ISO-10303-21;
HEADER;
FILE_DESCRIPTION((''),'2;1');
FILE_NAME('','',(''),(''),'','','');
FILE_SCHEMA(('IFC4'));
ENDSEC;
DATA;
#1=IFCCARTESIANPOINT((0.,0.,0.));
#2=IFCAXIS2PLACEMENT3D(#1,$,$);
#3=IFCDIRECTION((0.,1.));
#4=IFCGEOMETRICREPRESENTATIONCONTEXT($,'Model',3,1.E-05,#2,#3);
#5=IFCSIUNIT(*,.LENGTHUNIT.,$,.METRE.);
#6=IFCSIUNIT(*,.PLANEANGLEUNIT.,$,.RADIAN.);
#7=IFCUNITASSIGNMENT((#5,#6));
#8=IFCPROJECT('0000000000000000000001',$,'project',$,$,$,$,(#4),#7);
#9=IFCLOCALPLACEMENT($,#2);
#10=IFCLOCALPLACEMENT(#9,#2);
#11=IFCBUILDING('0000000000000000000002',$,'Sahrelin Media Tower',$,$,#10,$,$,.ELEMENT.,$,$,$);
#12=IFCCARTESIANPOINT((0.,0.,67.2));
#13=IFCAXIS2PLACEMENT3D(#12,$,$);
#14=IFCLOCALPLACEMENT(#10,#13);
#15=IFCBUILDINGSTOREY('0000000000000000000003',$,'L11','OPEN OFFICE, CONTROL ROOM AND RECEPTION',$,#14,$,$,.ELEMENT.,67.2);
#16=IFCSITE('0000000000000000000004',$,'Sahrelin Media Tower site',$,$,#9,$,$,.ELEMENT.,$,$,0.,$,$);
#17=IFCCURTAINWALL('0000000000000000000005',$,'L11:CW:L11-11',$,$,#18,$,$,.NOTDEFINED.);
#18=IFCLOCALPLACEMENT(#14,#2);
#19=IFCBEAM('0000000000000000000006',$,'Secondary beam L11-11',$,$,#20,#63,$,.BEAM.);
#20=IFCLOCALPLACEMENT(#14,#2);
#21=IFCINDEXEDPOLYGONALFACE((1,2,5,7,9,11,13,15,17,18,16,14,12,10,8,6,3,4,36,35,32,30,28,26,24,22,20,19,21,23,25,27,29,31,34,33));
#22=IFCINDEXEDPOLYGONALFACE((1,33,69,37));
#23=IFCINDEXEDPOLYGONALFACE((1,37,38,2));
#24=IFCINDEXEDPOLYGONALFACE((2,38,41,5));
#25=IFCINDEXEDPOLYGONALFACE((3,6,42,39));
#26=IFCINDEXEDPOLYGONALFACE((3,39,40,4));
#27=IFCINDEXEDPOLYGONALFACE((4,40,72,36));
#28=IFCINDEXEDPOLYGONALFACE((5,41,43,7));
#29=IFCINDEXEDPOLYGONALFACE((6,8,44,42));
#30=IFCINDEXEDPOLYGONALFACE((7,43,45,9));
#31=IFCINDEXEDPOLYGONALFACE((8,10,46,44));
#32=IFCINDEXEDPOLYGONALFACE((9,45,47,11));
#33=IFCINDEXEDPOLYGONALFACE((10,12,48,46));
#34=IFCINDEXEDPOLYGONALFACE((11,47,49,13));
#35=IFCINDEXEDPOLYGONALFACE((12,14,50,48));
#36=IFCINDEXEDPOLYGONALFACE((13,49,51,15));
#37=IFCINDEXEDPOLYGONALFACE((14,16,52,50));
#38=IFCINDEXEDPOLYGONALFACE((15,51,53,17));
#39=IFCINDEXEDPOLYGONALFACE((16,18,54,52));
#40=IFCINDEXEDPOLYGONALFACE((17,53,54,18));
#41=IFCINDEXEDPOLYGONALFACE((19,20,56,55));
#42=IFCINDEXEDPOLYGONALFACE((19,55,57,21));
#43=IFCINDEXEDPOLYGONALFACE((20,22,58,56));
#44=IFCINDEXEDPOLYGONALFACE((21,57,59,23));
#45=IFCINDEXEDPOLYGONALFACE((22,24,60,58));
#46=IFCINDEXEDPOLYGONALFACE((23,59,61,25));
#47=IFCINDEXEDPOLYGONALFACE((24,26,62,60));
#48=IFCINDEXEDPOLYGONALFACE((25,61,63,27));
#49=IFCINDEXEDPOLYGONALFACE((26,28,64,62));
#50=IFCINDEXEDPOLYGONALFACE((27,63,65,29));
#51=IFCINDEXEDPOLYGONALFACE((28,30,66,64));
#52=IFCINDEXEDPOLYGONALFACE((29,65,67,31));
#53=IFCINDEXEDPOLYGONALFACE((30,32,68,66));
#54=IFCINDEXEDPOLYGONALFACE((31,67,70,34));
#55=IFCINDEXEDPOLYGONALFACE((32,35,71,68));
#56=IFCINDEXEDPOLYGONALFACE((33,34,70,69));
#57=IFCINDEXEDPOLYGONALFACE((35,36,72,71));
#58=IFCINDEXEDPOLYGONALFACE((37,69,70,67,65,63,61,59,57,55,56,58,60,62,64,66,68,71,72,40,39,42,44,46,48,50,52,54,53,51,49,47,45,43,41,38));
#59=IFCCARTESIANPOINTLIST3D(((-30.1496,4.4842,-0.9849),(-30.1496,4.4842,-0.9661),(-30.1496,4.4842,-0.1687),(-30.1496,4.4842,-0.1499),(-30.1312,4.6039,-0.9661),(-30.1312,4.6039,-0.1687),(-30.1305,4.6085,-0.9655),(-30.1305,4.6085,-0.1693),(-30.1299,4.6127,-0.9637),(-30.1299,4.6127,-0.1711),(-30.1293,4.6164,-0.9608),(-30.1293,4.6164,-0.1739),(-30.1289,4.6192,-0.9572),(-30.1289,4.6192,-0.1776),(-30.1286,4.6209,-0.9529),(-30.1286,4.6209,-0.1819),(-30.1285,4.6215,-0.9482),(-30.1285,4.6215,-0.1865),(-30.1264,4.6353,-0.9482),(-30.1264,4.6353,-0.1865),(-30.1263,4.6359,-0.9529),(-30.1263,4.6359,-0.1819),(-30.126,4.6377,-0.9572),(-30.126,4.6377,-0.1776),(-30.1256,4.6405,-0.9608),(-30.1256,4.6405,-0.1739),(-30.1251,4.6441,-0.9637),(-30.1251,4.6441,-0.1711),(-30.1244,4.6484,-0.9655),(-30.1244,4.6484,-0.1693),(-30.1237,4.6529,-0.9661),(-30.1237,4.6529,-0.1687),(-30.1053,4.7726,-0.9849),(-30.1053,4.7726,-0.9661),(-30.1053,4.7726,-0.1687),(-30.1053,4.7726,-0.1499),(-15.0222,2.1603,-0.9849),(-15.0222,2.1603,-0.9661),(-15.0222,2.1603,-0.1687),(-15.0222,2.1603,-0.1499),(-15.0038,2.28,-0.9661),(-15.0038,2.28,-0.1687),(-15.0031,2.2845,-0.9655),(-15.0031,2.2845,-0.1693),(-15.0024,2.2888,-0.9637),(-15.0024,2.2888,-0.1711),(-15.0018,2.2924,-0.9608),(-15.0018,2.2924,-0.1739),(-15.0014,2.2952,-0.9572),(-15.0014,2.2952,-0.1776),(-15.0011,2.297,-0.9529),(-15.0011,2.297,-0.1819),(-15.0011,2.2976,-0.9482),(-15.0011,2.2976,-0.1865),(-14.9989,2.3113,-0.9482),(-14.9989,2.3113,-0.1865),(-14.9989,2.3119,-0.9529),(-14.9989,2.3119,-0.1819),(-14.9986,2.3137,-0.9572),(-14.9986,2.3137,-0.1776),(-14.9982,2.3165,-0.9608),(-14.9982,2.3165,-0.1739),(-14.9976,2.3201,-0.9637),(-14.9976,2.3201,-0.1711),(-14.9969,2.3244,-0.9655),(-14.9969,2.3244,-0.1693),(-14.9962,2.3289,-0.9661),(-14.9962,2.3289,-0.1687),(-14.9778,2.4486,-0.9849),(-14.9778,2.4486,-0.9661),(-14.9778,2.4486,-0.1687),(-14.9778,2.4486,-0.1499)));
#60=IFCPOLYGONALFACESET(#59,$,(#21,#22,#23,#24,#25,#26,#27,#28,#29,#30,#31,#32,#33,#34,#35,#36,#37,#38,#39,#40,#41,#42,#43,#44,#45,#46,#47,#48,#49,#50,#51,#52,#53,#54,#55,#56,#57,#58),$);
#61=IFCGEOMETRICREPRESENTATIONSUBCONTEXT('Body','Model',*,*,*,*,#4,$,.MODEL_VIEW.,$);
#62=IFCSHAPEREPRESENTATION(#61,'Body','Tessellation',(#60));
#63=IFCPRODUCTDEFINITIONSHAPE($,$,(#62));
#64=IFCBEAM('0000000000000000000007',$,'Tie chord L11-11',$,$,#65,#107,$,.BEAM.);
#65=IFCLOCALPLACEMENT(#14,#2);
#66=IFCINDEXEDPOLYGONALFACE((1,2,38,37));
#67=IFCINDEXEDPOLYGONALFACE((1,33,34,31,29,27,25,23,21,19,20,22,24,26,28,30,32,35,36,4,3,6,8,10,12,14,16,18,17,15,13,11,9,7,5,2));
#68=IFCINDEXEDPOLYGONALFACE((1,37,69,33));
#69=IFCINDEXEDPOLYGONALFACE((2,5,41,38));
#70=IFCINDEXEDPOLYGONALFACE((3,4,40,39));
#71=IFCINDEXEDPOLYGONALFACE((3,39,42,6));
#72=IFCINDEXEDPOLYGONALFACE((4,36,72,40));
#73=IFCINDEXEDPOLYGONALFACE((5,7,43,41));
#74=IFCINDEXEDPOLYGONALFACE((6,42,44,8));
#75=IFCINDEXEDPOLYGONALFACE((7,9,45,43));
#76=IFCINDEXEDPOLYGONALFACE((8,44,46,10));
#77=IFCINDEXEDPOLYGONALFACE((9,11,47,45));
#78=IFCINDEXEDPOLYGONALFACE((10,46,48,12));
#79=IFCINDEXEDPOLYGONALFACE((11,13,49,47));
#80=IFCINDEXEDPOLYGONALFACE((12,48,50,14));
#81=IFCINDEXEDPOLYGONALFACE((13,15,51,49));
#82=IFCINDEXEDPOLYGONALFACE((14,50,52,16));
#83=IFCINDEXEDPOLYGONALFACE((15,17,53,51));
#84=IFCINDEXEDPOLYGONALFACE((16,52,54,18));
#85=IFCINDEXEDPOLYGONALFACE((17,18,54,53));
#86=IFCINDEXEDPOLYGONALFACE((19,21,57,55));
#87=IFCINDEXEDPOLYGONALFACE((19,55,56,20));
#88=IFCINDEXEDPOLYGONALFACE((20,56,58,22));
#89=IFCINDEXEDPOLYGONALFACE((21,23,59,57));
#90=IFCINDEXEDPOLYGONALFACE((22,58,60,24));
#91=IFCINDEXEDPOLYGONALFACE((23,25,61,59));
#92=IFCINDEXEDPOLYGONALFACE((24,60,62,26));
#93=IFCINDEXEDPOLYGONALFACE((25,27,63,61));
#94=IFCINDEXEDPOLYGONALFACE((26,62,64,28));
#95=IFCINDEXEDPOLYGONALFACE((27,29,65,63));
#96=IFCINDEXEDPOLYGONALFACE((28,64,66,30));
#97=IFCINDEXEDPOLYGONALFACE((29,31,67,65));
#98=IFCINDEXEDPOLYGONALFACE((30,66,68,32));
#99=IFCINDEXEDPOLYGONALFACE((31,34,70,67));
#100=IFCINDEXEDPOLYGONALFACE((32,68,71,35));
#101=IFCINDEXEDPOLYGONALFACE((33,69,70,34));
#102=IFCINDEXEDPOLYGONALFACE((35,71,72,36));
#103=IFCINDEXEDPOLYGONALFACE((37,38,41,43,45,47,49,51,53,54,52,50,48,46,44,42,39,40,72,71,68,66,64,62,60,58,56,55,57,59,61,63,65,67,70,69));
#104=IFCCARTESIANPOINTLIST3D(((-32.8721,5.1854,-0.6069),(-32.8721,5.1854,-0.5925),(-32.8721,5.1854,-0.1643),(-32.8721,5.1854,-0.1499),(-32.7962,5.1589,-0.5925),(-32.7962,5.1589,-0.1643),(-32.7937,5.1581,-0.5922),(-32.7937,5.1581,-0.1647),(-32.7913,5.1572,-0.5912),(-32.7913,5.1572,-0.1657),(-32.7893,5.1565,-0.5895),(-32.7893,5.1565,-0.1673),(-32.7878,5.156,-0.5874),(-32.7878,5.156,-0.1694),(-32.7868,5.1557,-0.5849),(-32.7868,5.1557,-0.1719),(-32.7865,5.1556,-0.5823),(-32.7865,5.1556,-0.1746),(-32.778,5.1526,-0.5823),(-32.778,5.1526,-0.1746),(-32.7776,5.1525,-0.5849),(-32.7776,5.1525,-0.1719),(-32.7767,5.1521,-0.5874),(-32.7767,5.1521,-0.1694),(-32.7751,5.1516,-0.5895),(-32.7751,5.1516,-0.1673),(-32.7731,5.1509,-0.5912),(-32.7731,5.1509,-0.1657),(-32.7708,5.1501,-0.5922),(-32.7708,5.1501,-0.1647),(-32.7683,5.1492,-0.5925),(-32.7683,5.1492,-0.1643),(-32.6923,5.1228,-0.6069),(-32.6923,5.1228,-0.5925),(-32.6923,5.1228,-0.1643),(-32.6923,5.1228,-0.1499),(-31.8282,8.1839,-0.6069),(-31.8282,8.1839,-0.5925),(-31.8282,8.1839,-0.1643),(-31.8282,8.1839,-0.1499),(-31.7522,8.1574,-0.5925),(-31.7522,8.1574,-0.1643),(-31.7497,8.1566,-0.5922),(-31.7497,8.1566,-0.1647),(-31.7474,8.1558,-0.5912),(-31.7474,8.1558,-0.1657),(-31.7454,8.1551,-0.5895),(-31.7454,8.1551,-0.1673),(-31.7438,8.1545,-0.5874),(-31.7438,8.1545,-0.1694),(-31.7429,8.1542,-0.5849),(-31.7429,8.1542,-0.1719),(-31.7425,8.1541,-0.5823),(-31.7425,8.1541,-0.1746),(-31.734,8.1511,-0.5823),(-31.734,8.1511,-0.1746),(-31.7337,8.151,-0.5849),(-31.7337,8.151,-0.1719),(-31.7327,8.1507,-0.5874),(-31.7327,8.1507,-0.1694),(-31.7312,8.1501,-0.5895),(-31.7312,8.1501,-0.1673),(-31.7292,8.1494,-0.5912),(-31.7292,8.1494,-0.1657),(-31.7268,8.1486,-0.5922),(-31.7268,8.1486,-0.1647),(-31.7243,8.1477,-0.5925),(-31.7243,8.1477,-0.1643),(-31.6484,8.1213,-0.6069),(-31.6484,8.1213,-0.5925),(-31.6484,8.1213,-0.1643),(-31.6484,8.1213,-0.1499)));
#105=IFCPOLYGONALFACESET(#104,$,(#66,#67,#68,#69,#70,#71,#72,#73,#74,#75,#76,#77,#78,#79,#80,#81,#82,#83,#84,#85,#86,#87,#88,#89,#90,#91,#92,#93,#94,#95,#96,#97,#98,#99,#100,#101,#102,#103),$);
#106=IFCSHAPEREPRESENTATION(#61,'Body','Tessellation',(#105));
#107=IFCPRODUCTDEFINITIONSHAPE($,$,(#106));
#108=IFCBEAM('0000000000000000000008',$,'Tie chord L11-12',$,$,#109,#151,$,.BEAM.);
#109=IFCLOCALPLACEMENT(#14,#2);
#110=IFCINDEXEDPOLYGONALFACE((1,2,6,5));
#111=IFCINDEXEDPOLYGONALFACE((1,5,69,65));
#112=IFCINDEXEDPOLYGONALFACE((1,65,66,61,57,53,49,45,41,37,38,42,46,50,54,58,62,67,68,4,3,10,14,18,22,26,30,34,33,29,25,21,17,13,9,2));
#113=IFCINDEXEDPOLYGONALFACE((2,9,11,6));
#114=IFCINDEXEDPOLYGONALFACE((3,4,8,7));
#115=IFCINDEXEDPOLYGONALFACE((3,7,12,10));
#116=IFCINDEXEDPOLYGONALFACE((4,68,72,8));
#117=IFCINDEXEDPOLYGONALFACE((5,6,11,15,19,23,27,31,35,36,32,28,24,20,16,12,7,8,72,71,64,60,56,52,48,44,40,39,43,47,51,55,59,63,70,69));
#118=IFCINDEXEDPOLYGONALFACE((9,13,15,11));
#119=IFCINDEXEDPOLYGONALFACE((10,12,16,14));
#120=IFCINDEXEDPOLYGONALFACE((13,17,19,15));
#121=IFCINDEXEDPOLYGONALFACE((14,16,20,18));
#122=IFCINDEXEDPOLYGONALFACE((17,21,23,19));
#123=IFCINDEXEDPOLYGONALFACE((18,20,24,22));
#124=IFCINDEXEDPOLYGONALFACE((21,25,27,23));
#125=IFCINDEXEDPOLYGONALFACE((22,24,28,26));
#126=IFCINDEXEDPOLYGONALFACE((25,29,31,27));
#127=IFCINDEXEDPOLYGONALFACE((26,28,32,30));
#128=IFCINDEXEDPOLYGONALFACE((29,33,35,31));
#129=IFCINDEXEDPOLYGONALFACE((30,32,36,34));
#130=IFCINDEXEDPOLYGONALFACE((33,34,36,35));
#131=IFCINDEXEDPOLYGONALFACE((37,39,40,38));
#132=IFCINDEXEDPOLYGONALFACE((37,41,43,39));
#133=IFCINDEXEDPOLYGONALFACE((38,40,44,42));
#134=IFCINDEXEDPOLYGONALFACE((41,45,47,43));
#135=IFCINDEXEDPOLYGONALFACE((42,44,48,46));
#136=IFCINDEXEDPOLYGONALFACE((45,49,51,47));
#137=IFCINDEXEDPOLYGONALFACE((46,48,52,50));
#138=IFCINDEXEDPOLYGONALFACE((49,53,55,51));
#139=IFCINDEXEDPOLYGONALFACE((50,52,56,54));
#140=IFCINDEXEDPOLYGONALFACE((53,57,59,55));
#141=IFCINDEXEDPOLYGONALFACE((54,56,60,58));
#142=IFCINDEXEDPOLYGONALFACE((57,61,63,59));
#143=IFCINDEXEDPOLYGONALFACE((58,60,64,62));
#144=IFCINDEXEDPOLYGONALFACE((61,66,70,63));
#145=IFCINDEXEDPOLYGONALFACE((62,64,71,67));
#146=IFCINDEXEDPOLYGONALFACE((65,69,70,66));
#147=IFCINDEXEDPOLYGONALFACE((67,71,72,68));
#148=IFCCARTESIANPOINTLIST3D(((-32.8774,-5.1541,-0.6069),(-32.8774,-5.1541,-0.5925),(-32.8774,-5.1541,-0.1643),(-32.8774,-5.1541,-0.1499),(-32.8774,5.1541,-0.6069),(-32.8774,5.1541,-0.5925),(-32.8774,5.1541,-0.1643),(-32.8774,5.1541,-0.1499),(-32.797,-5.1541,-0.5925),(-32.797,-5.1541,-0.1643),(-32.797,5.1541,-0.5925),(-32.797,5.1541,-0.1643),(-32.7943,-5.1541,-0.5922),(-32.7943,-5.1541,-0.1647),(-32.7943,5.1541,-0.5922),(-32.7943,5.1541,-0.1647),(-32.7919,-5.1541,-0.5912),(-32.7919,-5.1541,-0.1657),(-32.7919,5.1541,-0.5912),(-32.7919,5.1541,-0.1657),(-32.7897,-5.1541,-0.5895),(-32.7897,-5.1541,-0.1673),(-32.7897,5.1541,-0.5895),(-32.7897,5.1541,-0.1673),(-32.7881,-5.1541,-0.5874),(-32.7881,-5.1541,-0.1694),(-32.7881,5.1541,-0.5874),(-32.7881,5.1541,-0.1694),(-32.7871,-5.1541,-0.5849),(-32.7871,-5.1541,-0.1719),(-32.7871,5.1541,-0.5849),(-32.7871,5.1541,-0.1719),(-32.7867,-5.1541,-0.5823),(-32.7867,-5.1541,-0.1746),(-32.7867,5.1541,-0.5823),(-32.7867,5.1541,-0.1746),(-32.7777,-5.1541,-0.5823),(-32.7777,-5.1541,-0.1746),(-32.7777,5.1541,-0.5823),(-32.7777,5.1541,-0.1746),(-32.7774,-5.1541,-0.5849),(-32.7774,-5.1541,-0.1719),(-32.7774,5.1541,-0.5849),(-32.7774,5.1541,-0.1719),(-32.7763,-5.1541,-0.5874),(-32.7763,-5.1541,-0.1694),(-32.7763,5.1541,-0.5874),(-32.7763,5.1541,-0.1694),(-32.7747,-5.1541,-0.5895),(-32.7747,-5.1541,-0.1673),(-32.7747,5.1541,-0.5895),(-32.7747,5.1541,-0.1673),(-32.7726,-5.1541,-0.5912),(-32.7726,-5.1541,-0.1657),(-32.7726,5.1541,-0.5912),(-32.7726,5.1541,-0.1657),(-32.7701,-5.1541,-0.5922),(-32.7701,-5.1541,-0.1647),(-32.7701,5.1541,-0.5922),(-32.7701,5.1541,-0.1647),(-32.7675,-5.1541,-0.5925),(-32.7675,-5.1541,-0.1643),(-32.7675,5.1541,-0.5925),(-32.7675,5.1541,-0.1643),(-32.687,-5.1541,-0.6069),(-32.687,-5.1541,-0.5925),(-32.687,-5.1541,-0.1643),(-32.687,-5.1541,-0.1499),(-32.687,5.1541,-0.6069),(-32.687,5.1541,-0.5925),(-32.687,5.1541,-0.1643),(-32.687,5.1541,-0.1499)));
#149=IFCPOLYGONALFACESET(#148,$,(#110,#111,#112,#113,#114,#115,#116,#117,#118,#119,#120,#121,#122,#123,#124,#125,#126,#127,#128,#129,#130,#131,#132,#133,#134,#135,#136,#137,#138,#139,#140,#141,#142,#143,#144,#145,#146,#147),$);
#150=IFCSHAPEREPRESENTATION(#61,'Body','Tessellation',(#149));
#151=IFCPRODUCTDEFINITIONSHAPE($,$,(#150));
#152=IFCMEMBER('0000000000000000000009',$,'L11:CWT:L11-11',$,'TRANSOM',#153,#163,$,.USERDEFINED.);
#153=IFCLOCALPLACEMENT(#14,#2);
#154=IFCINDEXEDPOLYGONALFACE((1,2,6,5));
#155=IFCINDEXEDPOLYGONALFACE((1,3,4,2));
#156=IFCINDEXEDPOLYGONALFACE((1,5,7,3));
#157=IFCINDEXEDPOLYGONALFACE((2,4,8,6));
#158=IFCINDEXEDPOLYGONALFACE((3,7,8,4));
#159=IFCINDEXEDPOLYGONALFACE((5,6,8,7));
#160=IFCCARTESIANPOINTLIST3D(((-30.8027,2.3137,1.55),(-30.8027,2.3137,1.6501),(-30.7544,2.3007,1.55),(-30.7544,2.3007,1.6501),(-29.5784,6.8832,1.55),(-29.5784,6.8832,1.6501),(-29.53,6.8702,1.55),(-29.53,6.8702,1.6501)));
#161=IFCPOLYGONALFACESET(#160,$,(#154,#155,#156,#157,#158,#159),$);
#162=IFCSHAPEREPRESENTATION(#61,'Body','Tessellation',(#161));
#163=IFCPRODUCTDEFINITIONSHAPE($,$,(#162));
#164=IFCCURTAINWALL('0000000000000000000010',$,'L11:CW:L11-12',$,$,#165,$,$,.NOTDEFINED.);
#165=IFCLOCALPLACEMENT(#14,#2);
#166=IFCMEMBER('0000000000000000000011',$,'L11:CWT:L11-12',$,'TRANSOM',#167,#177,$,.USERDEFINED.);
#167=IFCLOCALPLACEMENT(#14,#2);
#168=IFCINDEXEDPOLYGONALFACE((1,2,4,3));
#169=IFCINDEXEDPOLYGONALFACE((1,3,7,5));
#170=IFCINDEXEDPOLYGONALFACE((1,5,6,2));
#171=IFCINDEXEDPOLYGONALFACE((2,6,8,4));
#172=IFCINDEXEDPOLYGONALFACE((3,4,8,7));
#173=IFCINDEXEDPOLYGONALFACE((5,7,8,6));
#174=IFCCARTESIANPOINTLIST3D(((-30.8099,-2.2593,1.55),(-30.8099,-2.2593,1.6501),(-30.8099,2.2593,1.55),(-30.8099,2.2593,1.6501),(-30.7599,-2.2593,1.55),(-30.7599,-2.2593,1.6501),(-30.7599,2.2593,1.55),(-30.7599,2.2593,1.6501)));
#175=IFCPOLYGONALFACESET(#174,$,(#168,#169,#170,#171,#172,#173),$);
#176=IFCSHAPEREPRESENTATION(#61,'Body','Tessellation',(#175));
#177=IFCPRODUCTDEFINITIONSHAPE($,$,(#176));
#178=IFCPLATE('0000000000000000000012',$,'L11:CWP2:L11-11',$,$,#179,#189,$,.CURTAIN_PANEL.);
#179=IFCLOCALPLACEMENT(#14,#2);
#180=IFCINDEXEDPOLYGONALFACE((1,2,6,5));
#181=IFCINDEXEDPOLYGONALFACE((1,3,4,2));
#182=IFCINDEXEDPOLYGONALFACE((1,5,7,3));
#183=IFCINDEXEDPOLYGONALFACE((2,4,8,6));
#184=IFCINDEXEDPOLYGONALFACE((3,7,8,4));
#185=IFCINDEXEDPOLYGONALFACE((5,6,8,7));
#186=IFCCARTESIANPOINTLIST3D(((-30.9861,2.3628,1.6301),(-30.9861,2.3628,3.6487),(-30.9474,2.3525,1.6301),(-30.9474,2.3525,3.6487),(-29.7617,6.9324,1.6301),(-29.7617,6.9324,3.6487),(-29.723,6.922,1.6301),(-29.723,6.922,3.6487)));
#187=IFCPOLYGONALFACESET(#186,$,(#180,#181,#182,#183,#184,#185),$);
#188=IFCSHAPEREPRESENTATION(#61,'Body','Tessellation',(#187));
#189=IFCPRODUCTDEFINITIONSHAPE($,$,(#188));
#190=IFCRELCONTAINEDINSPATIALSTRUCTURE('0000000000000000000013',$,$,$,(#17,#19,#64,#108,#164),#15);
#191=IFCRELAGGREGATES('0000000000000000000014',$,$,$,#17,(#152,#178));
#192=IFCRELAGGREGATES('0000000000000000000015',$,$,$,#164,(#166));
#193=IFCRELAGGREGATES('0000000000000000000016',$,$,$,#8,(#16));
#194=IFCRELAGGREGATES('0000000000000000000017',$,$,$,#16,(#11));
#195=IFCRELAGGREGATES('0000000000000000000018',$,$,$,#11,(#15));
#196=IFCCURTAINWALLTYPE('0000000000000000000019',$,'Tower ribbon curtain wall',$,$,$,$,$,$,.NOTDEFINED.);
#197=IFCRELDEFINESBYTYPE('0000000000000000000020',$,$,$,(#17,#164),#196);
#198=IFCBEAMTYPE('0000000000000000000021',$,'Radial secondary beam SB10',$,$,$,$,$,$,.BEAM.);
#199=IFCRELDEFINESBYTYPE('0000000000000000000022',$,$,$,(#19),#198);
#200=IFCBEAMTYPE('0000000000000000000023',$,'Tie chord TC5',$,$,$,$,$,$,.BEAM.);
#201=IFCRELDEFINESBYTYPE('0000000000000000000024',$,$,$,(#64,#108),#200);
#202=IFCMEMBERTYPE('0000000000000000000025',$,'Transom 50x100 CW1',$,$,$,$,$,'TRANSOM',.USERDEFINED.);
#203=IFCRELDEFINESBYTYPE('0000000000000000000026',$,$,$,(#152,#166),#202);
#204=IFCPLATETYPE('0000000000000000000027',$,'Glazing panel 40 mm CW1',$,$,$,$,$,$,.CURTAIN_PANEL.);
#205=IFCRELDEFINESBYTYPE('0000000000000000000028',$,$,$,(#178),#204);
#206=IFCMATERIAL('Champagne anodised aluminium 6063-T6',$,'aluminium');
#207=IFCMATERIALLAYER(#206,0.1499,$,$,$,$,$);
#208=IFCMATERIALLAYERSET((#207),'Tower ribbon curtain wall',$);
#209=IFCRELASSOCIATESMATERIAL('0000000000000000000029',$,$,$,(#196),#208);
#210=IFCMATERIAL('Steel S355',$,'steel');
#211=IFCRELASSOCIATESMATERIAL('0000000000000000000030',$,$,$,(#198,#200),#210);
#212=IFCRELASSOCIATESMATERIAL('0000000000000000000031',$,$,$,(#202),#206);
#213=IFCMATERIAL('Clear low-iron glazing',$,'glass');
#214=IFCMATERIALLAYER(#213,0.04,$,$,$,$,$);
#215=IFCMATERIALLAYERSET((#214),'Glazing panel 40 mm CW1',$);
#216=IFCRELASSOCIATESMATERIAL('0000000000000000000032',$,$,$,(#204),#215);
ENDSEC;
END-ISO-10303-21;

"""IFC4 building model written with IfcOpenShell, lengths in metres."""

from ifc_helpers import new_model, si_unit, direction, frame, origin, origin_2d, place, context, subcontext, project, spatial, polyline, rectangle, i_section, outline, extrude, material, layer, layer_set, material_profile, profile_set, type_object, element, aggregate, save


model = new_model("IFC4")

# Units and contexts
model_context = context("Model", 3, precision=1e-05, world=origin(), true_north=direction((0.0, 1.0)))
body_context = subcontext(model_context, "Body", "Model", "MODEL_VIEW")
ifc_project = project(units=[si_unit("LENGTHUNIT", "METRE"), si_unit("PLANEANGLEUNIT", "RADIAN")], contexts=[model_context])

# Site, building, storey
site_placement = place(None, origin())
site = spatial("IfcSite", under=ifc_project, at=site_placement, Name="Sahrelin Media Tower site", CompositionType="ELEMENT", RefElevation=0.0)
building_placement = place(site_placement, origin())
building = spatial("IfcBuilding", under=site, at=building_placement, Name="Sahrelin Media Tower", CompositionType="ELEMENT")
storey_placement = place(building_placement, frame((0.0, 0.0, 67.2)))
storey = spatial("IfcBuildingStorey", under=building, at=storey_placement, Name="L11", Description="OPEN OFFICE, CONTROL ROOM AND RECEPTION", CompositionType="ELEMENT", Elevation=67.2)

# Shared definitions
ifc_material_1 = material(Name="Steel S355", Category="steel")

# Curtain wall
ifc_material_2 = material(Name="Champagne anodised aluminium 6063-T6", Category="aluminium")
ifc_layer_1 = layer(ifc_material_2, 0.1499)
ifc_layer_set_1 = layer_set([ifc_layer_1], Name="Tower ribbon curtain wall")
curtain_wall_type = type_object("IfcCurtainWallType", Name="Tower ribbon curtain wall", PredefinedType="NOTDEFINED", material=ifc_layer_set_1)
curtain_wall_1_placement = place(storey_placement, frame((-30.3545, 4.6423, 0.0), z_axis=(0.0, 0.0, 1.0), x_axis=(1.0, 0.0, 0.0)))
curtain_wall_1 = element("IfcCurtainWall", 1, at=curtain_wall_1_placement, inside=storey, type_object=curtain_wall_type, Name="L11:CW:L11-11", PredefinedType="NOTDEFINED")

# Beams
ifc_material_profile_1 = material_profile(ifc_material_1, i_section(OverallWidth=0.2917, OverallDepth=0.835, WebThickness=0.0139, FlangeThickness=0.0188, FilletRadius=0.0178, at=origin_2d()), Name="UB 838x292x176")
ifc_profile_set_1 = profile_set([ifc_material_profile_1], Name="Steel S355")
beam_type_1 = type_object("IfcBeamType", Name="Radial secondary beam SB10", PredefinedType="BEAM", material=ifc_profile_set_1)
beam_1_placement = place(storey_placement, frame((-15.0, 2.3044, -0.5674), z_axis=(-0.988404, 0.151845, 0.0), x_axis=(-0.151845, -0.988404, 0.0)))
element("IfcBeam", 2, at=beam_1_placement, inside=storey, type_object=beam_type_1, Name="Secondary beam L11-11", PredefinedType="BEAM", context=body_context, shape_type="SweptSolid", body=[
    extrude(i_section(OverallWidth=0.2917, OverallDepth=0.835, WebThickness=0.0139, FlangeThickness=0.0188, FilletRadius=0.0178, at=origin_2d()), origin(), (0.0, 0.0, 1.0), 15.3049),
])
ifc_material_profile_2 = material_profile(ifc_material_1, i_section(OverallWidth=0.1904, OverallDepth=0.457, WebThickness=0.009, FlangeThickness=0.0144, FilletRadius=0.0103, at=origin_2d()), Name="UB 457x191x74")
ifc_profile_set_2 = profile_set([ifc_material_profile_2], Name="Steel S355")
beam_type_2 = type_object("IfcBeamType", Name="Tie chord TC5", PredefinedType="BEAM", material=ifc_profile_set_2)
beam_2_placement = place(storey_placement, frame((-31.7383, 8.1526, -0.3784), z_axis=(-0.328795, -0.944401, 0.0), x_axis=(0.944401, -0.328795, 0.0)))
element("IfcBeam", 3, at=beam_2_placement, inside=storey, type_object=beam_type_2, Name="Tie chord L11-11", PredefinedType="BEAM", context=body_context, shape_type="SweptSolid", body=[
    extrude(i_section(OverallWidth=0.1904, OverallDepth=0.457, WebThickness=0.009, FlangeThickness=0.0144, FilletRadius=0.0103, at=origin_2d()), origin(), (0.0, 0.0, 1.0), 3.175),
])
beam_3_placement = place(storey_placement, frame((-32.7822, 5.1541, -0.3784), z_axis=(0.0, -1.0, 0.0), x_axis=(1.0, 0.0, 0.0)))
element("IfcBeam", 4, at=beam_3_placement, inside=storey, type_object=beam_type_2, Name="Tie chord L11-12", PredefinedType="BEAM", context=body_context, shape_type="SweptSolid", body=[
    extrude(i_section(OverallWidth=0.1904, OverallDepth=0.457, WebThickness=0.009, FlangeThickness=0.0144, FilletRadius=0.0103, at=origin_2d()), origin(), (0.0, 0.0, 1.0), 10.3081),
])

# Member
ifc_material_profile_3 = material_profile(ifc_material_2, rectangle(XDim=0.05, YDim=0.1001, at=origin_2d()), Name="Transom 50x100")
ifc_profile_set_3 = profile_set([ifc_material_profile_3], Name="Champagne anodised aluminium 6063-T6")
member_type_1 = type_object("IfcMemberType", Name="Transom 50x100 CW1", ElementType="TRANSOM", PredefinedType="USERDEFINED", material=ifc_profile_set_3)
member_1_placement = place(storey_placement, frame((-29.5542, 6.8767, 1.6001), z_axis=(-0.258809, -0.965928, 0.0), x_axis=(0.965928, -0.258809, 0.0)))
member_1 = element("IfcMember", 5, at=member_1_placement, type_object=member_type_1, Name="L11:CWT:L11-11", ObjectType="TRANSOM", PredefinedType="USERDEFINED", context=body_context, shape_type="SweptSolid", body=[
    extrude(rectangle(XDim=0.05, YDim=0.1001, at=origin_2d()), origin(), (0.0, 0.0, 1.0), 4.7307),
])

# Curtain wall, member
curtain_wall_2_placement = place(storey_placement, frame((-30.9797, 0.0, 0.0), z_axis=(0.0, 0.0, 1.0), x_axis=(1.0, 0.0, 0.0)))
curtain_wall_2 = element("IfcCurtainWall", 6, at=curtain_wall_2_placement, inside=storey, type_object=curtain_wall_type, Name="L11:CW:L11-12", PredefinedType="NOTDEFINED")
member_2_placement = place(storey_placement, frame((-30.7849, 2.2593, 1.6001), z_axis=(0.0, -1.0, 0.0), x_axis=(1.0, 0.0, 0.0)))
member_2 = element("IfcMember", 7, at=member_2_placement, type_object=member_type_1, Name="L11:CWT:L11-12", ObjectType="TRANSOM", PredefinedType="USERDEFINED", context=body_context, shape_type="SweptSolid", body=[
    extrude(rectangle(XDim=0.05, YDim=0.1001, at=origin_2d()), origin(), (0.0, 0.0, 1.0), 4.5186),
])

# Plate
ifc_material_3 = material(Name="Clear low-iron glazing", Category="glass")
ifc_layer_2 = layer(ifc_material_3, 0.04)
ifc_layer_set_2 = layer_set([ifc_layer_2], Name="Glazing panel 40 mm CW1")
plate_type_1 = type_object("IfcPlateType", Name="Glazing panel 40 mm CW1", PredefinedType="CURTAIN_PANEL", material=ifc_layer_set_2)
plate_1_placement = place(storey_placement, frame((-29.7617, 6.9324, 1.6301), z_axis=(-0.965928, 0.258809, 0.0), x_axis=(-0.258809, -0.965928, 0.0)))
plate_1 = element("IfcPlate", 8, at=plate_1_placement, type_object=plate_type_1, Name="L11:CWP2:L11-11", PredefinedType="CURTAIN_PANEL", context=body_context, shape_type="SweptSolid", body=[
    extrude(outline(polyline([(0.0, 0.0), (4.7307, 0.0), (4.7307, 2.0186), (0.0, 2.0186), (0.0, 0.0)])), origin(), (0.0, 0.0, -1.0), 0.04),
])
aggregate(curtain_wall_1, [member_1, plate_1])
aggregate(curtain_wall_2, [member_2])

save(model, "model.ifc")
